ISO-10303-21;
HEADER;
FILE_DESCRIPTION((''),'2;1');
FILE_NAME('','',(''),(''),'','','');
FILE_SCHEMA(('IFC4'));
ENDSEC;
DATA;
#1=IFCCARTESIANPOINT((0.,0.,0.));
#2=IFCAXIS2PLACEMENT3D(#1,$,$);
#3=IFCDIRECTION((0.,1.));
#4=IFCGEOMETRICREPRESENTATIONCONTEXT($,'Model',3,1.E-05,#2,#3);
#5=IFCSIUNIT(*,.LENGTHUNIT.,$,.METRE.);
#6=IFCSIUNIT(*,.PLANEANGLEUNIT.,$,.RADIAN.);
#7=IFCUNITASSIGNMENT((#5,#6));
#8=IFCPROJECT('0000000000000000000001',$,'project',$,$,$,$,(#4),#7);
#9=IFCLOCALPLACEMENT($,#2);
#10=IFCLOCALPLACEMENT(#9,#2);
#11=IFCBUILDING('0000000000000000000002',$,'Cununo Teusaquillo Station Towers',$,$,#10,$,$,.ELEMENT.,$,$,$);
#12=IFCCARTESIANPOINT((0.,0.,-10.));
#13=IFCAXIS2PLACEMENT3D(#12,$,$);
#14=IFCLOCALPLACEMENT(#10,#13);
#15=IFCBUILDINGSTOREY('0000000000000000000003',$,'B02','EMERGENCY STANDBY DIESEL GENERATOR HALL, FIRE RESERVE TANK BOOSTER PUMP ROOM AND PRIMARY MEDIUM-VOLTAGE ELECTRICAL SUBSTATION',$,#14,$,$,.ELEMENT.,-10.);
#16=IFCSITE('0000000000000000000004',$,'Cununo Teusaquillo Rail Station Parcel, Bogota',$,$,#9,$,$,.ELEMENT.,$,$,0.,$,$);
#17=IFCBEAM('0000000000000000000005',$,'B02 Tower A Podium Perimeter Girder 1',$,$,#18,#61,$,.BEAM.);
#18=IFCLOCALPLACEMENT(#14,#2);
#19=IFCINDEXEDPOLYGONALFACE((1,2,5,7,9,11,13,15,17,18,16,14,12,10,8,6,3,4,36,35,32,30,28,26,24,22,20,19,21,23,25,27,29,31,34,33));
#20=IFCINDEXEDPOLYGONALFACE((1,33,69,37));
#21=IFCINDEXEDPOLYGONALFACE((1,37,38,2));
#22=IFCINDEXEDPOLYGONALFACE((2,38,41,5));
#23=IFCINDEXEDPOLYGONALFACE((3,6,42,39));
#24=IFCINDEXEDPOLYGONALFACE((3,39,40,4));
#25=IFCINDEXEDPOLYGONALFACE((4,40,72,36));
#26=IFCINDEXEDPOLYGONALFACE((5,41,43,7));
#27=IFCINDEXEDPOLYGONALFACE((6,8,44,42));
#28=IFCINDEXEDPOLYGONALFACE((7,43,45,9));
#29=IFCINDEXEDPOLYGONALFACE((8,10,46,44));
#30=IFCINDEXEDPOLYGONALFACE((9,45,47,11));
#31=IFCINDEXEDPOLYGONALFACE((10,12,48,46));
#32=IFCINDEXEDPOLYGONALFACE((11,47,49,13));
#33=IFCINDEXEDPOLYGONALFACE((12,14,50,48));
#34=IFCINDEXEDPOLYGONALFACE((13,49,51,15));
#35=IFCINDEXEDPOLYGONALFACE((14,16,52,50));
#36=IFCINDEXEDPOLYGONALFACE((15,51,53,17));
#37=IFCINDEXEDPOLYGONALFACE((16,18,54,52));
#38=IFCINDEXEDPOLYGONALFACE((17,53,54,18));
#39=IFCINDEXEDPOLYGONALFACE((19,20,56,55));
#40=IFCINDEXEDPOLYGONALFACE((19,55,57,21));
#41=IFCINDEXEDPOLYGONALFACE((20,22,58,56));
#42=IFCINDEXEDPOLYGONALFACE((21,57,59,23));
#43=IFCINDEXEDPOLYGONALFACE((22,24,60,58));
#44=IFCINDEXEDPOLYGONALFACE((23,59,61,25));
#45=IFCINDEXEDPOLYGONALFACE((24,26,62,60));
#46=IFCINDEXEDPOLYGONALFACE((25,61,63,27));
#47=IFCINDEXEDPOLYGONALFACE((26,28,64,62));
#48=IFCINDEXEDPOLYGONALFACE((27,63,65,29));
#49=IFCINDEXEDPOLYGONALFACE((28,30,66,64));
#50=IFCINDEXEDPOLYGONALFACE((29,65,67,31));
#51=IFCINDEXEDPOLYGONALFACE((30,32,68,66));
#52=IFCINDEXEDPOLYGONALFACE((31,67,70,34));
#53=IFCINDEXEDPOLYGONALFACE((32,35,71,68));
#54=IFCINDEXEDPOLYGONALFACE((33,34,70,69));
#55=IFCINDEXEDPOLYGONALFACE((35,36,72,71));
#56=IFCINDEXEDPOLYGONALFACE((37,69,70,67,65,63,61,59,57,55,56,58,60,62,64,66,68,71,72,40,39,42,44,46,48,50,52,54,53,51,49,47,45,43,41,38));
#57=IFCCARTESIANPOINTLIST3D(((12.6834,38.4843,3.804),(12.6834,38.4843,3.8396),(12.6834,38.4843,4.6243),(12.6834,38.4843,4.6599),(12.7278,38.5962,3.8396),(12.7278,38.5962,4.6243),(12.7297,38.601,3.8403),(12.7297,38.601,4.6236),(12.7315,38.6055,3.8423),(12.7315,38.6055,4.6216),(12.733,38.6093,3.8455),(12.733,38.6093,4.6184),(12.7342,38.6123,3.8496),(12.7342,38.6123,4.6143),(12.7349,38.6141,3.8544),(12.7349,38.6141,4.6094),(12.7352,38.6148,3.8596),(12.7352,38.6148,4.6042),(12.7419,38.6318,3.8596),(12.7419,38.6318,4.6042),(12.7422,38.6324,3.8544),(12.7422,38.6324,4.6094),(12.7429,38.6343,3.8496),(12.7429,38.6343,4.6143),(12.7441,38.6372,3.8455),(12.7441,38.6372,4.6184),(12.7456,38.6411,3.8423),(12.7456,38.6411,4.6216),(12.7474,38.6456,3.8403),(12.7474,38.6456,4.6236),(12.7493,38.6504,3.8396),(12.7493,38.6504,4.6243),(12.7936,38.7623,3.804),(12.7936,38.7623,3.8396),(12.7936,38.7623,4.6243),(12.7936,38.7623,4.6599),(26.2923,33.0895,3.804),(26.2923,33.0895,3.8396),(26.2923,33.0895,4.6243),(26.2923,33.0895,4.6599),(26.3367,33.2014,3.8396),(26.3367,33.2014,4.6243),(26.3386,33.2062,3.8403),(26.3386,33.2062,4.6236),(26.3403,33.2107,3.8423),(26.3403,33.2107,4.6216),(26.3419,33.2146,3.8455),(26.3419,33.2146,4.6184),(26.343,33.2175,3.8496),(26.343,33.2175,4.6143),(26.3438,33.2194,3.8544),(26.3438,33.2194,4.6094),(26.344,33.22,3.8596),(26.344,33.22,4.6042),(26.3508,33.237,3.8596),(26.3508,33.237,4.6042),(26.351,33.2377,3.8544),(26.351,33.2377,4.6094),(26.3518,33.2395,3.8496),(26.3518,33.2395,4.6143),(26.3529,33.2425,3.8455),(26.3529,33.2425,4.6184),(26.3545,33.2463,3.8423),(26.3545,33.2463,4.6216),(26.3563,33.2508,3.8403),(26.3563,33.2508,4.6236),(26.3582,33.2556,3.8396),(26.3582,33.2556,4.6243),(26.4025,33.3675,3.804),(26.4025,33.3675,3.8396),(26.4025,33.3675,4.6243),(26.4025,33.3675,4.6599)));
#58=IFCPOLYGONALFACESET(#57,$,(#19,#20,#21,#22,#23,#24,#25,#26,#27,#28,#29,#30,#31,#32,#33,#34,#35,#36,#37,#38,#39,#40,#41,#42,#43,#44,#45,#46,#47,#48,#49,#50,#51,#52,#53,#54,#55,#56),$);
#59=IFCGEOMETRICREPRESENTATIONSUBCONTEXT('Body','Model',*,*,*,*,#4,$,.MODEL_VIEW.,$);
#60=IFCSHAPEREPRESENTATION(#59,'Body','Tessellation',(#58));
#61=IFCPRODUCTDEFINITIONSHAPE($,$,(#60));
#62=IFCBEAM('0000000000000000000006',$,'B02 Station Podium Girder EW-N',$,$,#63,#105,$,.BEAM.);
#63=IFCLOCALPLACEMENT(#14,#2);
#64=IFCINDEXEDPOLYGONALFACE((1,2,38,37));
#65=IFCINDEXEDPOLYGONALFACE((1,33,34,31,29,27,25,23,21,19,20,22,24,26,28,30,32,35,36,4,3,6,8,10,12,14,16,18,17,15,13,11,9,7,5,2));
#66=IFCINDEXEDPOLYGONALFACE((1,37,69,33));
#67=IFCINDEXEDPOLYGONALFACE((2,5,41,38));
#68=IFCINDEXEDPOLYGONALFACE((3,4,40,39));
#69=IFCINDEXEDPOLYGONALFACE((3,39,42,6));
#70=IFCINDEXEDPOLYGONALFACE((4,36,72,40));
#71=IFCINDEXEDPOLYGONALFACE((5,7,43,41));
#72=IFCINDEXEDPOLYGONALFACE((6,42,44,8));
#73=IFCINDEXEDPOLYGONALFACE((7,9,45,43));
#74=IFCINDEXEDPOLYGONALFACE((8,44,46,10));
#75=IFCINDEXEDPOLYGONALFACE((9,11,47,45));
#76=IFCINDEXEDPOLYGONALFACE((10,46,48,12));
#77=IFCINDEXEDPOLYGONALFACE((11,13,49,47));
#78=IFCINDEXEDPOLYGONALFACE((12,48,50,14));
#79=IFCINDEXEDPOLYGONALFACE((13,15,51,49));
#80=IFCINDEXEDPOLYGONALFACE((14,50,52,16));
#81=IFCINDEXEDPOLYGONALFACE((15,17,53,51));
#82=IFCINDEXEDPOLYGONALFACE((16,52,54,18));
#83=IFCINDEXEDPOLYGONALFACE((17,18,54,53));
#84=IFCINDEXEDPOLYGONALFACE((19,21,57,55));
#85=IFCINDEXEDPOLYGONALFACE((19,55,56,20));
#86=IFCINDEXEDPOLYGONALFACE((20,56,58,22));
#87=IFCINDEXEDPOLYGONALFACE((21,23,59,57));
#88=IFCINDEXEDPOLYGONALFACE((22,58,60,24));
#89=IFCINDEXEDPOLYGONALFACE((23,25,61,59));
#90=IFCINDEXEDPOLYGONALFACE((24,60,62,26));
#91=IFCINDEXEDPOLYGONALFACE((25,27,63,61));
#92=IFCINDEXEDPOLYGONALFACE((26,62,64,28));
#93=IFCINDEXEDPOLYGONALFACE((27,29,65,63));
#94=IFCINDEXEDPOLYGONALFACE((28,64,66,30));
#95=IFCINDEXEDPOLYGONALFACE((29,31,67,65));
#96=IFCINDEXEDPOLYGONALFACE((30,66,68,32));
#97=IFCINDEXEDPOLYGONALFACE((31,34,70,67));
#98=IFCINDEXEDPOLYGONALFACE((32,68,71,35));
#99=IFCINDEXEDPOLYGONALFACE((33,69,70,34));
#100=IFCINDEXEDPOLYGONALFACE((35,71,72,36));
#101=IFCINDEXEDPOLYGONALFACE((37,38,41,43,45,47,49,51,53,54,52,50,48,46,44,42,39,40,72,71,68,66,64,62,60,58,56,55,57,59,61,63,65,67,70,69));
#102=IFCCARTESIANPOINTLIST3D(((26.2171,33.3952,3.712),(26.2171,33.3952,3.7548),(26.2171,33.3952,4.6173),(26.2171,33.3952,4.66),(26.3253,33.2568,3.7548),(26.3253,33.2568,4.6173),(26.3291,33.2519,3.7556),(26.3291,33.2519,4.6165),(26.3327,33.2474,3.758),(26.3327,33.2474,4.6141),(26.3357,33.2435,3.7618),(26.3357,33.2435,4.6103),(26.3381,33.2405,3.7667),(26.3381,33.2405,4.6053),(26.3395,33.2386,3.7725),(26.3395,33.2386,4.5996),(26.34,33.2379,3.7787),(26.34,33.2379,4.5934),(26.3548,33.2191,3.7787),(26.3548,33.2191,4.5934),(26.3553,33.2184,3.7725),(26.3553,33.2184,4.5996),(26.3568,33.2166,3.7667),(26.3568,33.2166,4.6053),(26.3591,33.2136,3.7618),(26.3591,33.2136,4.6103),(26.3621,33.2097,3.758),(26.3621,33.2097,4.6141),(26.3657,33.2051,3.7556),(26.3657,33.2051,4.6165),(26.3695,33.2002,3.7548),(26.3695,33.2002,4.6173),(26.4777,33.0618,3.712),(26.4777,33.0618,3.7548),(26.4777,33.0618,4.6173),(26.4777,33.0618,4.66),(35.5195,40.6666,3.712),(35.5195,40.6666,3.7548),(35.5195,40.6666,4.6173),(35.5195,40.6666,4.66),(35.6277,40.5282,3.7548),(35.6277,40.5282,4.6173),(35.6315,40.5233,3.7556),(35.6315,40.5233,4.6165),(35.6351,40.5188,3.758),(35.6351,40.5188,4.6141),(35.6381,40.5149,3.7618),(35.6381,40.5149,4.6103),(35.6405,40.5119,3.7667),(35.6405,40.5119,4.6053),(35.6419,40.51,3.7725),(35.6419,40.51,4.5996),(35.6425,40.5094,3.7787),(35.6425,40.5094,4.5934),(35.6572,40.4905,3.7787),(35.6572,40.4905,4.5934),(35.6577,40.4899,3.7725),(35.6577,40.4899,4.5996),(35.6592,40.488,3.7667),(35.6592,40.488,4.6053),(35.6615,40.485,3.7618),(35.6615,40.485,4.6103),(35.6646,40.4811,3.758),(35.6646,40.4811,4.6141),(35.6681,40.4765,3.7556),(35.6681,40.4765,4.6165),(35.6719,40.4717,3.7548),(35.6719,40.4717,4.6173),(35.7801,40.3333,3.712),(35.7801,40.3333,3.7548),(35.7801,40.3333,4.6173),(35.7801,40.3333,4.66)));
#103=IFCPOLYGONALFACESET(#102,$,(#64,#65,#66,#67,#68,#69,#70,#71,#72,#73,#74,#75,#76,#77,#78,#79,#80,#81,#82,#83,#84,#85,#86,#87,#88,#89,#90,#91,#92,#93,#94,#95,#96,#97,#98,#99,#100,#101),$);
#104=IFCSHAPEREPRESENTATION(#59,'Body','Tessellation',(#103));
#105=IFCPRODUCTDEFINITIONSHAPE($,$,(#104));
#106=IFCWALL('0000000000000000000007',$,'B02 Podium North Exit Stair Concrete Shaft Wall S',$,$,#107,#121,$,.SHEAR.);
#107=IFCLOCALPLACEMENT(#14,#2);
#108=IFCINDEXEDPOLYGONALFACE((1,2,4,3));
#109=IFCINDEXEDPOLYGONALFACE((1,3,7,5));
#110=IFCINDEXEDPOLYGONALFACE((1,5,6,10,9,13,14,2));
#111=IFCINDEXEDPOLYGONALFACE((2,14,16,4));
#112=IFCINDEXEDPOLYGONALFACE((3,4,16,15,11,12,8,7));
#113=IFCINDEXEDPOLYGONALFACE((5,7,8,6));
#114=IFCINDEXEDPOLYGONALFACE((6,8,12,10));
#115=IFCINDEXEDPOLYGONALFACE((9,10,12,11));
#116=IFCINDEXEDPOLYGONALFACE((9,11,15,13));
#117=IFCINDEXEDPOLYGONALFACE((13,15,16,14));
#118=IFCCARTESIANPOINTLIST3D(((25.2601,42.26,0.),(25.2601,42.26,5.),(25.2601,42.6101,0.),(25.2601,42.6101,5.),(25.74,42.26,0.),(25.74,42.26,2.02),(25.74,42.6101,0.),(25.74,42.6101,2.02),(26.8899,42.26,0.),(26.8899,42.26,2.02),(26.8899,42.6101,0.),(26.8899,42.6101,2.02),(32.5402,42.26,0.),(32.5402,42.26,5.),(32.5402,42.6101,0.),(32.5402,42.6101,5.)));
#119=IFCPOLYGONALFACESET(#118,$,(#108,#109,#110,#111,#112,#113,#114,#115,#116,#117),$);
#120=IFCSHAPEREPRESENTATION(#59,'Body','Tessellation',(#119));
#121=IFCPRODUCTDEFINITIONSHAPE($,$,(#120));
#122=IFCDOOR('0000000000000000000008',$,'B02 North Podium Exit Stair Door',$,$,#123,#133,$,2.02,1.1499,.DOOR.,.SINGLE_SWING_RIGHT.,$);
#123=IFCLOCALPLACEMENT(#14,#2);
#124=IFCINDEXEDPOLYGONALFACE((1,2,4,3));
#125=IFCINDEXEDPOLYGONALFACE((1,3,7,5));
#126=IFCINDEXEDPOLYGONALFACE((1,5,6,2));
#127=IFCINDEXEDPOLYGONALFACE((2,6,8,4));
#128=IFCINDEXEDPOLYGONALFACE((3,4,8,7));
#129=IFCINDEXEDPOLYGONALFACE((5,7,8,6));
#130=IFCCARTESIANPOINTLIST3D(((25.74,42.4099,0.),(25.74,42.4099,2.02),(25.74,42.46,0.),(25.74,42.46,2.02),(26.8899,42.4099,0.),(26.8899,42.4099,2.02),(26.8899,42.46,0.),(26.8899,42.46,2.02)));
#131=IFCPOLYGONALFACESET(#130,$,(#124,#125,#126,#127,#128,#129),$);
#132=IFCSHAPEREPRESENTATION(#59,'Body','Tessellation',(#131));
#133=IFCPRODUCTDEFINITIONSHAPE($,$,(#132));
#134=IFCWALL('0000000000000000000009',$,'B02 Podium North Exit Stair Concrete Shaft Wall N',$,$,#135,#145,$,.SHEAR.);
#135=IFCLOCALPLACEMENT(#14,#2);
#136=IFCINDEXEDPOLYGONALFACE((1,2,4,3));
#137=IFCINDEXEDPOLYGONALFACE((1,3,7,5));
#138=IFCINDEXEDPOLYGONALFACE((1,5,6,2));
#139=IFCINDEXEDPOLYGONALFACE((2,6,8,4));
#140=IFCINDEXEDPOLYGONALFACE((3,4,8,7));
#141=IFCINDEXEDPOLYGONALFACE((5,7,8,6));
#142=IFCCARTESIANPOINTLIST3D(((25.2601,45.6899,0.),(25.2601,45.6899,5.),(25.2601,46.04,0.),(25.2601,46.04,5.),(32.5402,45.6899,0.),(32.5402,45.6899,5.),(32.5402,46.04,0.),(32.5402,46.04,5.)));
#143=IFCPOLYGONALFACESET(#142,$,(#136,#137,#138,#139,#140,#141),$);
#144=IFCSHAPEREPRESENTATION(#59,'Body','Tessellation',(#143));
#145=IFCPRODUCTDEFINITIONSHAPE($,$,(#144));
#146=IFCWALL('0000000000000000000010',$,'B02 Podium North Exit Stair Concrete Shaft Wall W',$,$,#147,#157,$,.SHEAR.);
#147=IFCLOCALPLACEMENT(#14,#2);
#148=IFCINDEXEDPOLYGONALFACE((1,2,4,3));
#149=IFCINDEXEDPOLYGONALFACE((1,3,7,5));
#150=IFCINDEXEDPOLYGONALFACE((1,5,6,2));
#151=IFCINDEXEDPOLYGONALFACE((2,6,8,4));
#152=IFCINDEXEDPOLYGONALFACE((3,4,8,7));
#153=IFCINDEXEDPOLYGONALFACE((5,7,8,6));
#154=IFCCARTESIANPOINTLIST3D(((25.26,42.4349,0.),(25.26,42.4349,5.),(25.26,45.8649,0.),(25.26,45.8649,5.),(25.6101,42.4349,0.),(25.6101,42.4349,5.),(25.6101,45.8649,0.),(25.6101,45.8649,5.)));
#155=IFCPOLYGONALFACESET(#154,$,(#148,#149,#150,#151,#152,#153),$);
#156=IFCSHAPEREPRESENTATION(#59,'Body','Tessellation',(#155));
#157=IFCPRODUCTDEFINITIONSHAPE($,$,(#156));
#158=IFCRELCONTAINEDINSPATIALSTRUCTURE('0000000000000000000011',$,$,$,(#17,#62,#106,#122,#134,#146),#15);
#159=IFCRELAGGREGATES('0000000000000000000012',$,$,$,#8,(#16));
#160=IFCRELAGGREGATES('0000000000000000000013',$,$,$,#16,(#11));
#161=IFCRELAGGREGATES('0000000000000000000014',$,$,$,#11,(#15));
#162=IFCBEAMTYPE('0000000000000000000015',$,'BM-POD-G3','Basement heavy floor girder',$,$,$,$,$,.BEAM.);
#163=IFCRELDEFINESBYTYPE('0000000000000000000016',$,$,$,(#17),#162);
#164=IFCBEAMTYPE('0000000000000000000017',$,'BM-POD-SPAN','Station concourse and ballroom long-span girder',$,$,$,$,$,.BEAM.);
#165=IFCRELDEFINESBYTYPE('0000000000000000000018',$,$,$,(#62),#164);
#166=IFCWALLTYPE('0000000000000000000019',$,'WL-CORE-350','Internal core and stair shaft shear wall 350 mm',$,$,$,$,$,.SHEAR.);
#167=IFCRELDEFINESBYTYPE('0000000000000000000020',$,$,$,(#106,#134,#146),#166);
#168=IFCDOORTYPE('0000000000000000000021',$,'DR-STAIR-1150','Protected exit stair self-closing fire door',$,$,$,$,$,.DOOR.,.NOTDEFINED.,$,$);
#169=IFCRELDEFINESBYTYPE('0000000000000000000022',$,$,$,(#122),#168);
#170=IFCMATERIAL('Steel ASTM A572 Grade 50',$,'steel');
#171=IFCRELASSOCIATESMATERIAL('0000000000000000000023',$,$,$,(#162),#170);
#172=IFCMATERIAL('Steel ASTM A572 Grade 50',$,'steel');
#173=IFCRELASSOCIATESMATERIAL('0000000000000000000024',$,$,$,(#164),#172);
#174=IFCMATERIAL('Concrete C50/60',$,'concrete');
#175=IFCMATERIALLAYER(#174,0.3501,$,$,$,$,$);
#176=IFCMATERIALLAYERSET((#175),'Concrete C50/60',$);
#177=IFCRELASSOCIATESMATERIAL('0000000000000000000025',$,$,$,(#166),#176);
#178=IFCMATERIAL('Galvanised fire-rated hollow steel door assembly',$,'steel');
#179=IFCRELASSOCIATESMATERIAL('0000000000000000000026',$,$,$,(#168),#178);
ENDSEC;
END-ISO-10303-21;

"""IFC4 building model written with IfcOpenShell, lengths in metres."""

from ifc_helpers import new_model, si_unit, direction, frame, frame_2d, origin, origin_2d, place, context, subcontext, project, spatial, rectangle, i_section, extrude, source, transform, mapped, material, layer, layer_set, material_profile, profile_set, type_object, element, fill, save


model = new_model("IFC4")

# Units and contexts
model_context = context("Model", 3, precision=1e-05, world=origin(), true_north=direction((0.0, 1.0)))
body_context = subcontext(model_context, "Body", "Model", "MODEL_VIEW")
ifc_project = project(units=[si_unit("LENGTHUNIT", "METRE"), si_unit("PLANEANGLEUNIT", "RADIAN")], contexts=[model_context])

# Site, building, storey
site_placement = place(None, origin())
site = spatial("IfcSite", under=ifc_project, at=site_placement, Name="Cununo Teusaquillo Rail Station Parcel, Bogota", CompositionType="ELEMENT", RefElevation=0.0)
building_placement = place(site_placement, origin())
building = spatial("IfcBuilding", under=site, at=building_placement, Name="Cununo Teusaquillo Station Towers", CompositionType="ELEMENT")
storey_placement = place(building_placement, frame((0.0, 0.0, -10.0)))
storey = spatial("IfcBuildingStorey", under=building, at=storey_placement, Name="B02", Description="EMERGENCY STANDBY DIESEL GENERATOR HALL, FIRE RESERVE TANK BOOSTER PUMP ROOM AND PRIMARY MEDIUM-VOLTAGE ELECTRICAL SUBSTATION", CompositionType="ELEMENT", Elevation=-10.0)

# Beams
ifc_material_1 = material(Name="Steel ASTM A572 Grade 50", Category="steel")
ifc_material_profile_1 = material_profile(ifc_material_1, i_section(OverallWidth=0.2991, OverallDepth=0.856, WebThickness=0.0183, FlangeThickness=0.0356, FilletRadius=0.02, at=origin_2d()), Name="W33X201")
ifc_profile_set_1 = profile_set([ifc_material_profile_1], Name="Steel ASTM A572 Grade 50")
beam_type_1 = type_object("IfcBeamType", Name="BM-POD-G3", Description="Basement heavy floor girder", PredefinedType="BEAM", material=ifc_profile_set_1)
beam_1_placement = place(storey_placement, frame((26.3474, 33.2285, 4.2319), z_axis=(-0.929621, 0.368516, 0.0), x_axis=(-0.368516, -0.929621, 0.0)))
element("IfcBeam", 1, at=beam_1_placement, inside=storey, type_object=beam_type_1, Name="B02 Tower A Podium Perimeter Girder 1", PredefinedType="BEAM", context=body_context, shape_type="SweptSolid", body=[
    extrude(i_section(OverallWidth=0.2991, OverallDepth=0.856, WebThickness=0.0183, FlangeThickness=0.0356, FilletRadius=0.02, at=origin_2d()), origin(), (0.0, 0.0, 1.0), 14.6392),
])
ifc_material_2 = material(Name="Steel ASTM A572 Grade 50", Category="steel")
ifc_material_profile_2 = material_profile(ifc_material_2, i_section(OverallWidth=0.4231, OverallDepth=0.948, WebThickness=0.0239, FlangeThickness=0.0427, FilletRadius=0.0239, at=origin_2d()), Name="W36X302")
ifc_profile_set_2 = profile_set([ifc_material_profile_2], Name="Steel ASTM A572 Grade 50")
beam_type_2 = type_object("IfcBeamType", Name="BM-POD-SPAN", Description="Station concourse and ballroom long-span girder", PredefinedType="BEAM", material=ifc_profile_set_2)
beam_2_placement = place(storey_placement, frame((26.3474, 33.2285, 4.186), z_axis=(0.787864, 0.61585, 0.0), x_axis=(-0.61585, 0.787864, 0.0)))
element("IfcBeam", 2, at=beam_2_placement, inside=storey, type_object=beam_type_2, Name="B02 Station Podium Girder EW-N", PredefinedType="BEAM", context=body_context, shape_type="SweptSolid", body=[
    extrude(i_section(OverallWidth=0.4231, OverallDepth=0.948, WebThickness=0.0239, FlangeThickness=0.0427, FilletRadius=0.0239, at=origin_2d()), origin(), (0.0, 0.0, 1.0), 11.8071),
])

# Wall, opening, door
ifc_material_3 = material(Name="Concrete C50/60", Category="concrete")
ifc_layer = layer(ifc_material_3, 0.3501)
ifc_layer_set = layer_set([ifc_layer], Name="Concrete C50/60")
wall_type = type_object("IfcWallType", Name="WL-CORE-350", Description="Internal core and stair shaft shear wall 350 mm", PredefinedType="SHEAR", material=ifc_layer_set)
wall_1_placement = place(storey_placement, frame((25.26, 42.4351, 0.0), z_axis=(0.0, 0.0, 1.0), x_axis=(1.0, 0.0, 0.0)))
wall_1 = element("IfcWall", 3, at=wall_1_placement, inside=storey, type_object=wall_type, Name="B02 Podium North Exit Stair Concrete Shaft Wall S", PredefinedType="SHEAR", context=body_context, shape_type="SweptSolid", body=[
    extrude(rectangle(XDim=7.28, YDim=0.3501, at=frame_2d((3.6401, 0.0))), origin(), (0.0, 0.0, 1.0), 5.0),
])
shared_shape_1 = source(origin(), body_context, "Body", "SweptSolid", [
    extrude(rectangle(XDim=1.1499, YDim=2.02, at=frame_2d((0.575, 1.01))), frame((0.0, 0.1851, 0.0), z_axis=(0.0, -1.0, 0.0), x_axis=(1.0, 0.0, 0.0)), (0.0, 0.0, 1.0), 0.3701),
])
opening_placement = place(wall_1_placement, frame((0.48, 0.0, 0.0)))
opening = element("IfcOpeningElement", 4, at=opening_placement, cuts=wall_1, PredefinedType="OPENING", context=body_context, shape_type="MappedRepresentation", body=[
    mapped(shared_shape_1, transform((0.0, 0.0, 0.0), x_axis=(1.0, 0.0, 0.0), y_axis=(0.0, 1.0, 0.0), z_axis=(0.0, 0.0, 1.0), scale=1.0)),
])
ifc_material_4 = material(Name="Galvanised fire-rated hollow steel door assembly", Category="steel")
door_type = type_object("IfcDoorType", Name="DR-STAIR-1150", Description="Protected exit stair self-closing fire door", OperationType="NOTDEFINED", PredefinedType="DOOR", material=ifc_material_4)
shared_shape_2 = source(origin(), body_context, "Body", "SweptSolid", [
    extrude(rectangle(XDim=1.1499, YDim=2.02, at=frame_2d((0.575, 1.01))), frame((0.0, 0.0249, 0.0), z_axis=(0.0, -1.0, 0.0), x_axis=(1.0, 0.0, 0.0)), (0.0, 0.0, 1.0), 0.05),
])
door_placement = place(opening_placement, origin())
door = element("IfcDoor", 5, at=door_placement, inside=storey, type_object=door_type, Name="B02 North Podium Exit Stair Door", OperationType="SINGLE_SWING_RIGHT", OverallHeight=2.02, OverallWidth=1.1499, PredefinedType="DOOR", context=body_context, shape_type="MappedRepresentation", body=[
    mapped(shared_shape_2, transform((0.0, 0.0, 0.0), x_axis=(1.0, 0.0, 0.0), y_axis=(0.0, 1.0, 0.0), z_axis=(0.0, 0.0, 1.0), scale=1.0)),
])
fill(opening, door)

# Walls
wall_2_placement = place(storey_placement, frame((25.26, 45.865, 0.0), z_axis=(0.0, 0.0, 1.0), x_axis=(1.0, 0.0, 0.0)))
element("IfcWall", 6, at=wall_2_placement, inside=storey, type_object=wall_type, Name="B02 Podium North Exit Stair Concrete Shaft Wall N", PredefinedType="SHEAR", context=body_context, shape_type="SweptSolid", body=[
    extrude(rectangle(XDim=7.28, YDim=0.3501, at=frame_2d((3.6401, 0.0))), origin(), (0.0, 0.0, 1.0), 5.0),
])
wall_3_placement = place(storey_placement, frame((25.4351, 42.4351, 0.0), z_axis=(0.0, 0.0, 1.0), x_axis=(0.0, 1.0, 0.0)))
element("IfcWall", 7, at=wall_3_placement, inside=storey, type_object=wall_type, Name="B02 Podium North Exit Stair Concrete Shaft Wall W", PredefinedType="SHEAR", context=body_context, shape_type="SweptSolid", body=[
    extrude(rectangle(XDim=3.4299, YDim=0.3501, at=frame_2d((1.7148, 0.0))), origin(), (0.0, 0.0, 1.0), 5.0),
])

save(model, "model.ifc")
